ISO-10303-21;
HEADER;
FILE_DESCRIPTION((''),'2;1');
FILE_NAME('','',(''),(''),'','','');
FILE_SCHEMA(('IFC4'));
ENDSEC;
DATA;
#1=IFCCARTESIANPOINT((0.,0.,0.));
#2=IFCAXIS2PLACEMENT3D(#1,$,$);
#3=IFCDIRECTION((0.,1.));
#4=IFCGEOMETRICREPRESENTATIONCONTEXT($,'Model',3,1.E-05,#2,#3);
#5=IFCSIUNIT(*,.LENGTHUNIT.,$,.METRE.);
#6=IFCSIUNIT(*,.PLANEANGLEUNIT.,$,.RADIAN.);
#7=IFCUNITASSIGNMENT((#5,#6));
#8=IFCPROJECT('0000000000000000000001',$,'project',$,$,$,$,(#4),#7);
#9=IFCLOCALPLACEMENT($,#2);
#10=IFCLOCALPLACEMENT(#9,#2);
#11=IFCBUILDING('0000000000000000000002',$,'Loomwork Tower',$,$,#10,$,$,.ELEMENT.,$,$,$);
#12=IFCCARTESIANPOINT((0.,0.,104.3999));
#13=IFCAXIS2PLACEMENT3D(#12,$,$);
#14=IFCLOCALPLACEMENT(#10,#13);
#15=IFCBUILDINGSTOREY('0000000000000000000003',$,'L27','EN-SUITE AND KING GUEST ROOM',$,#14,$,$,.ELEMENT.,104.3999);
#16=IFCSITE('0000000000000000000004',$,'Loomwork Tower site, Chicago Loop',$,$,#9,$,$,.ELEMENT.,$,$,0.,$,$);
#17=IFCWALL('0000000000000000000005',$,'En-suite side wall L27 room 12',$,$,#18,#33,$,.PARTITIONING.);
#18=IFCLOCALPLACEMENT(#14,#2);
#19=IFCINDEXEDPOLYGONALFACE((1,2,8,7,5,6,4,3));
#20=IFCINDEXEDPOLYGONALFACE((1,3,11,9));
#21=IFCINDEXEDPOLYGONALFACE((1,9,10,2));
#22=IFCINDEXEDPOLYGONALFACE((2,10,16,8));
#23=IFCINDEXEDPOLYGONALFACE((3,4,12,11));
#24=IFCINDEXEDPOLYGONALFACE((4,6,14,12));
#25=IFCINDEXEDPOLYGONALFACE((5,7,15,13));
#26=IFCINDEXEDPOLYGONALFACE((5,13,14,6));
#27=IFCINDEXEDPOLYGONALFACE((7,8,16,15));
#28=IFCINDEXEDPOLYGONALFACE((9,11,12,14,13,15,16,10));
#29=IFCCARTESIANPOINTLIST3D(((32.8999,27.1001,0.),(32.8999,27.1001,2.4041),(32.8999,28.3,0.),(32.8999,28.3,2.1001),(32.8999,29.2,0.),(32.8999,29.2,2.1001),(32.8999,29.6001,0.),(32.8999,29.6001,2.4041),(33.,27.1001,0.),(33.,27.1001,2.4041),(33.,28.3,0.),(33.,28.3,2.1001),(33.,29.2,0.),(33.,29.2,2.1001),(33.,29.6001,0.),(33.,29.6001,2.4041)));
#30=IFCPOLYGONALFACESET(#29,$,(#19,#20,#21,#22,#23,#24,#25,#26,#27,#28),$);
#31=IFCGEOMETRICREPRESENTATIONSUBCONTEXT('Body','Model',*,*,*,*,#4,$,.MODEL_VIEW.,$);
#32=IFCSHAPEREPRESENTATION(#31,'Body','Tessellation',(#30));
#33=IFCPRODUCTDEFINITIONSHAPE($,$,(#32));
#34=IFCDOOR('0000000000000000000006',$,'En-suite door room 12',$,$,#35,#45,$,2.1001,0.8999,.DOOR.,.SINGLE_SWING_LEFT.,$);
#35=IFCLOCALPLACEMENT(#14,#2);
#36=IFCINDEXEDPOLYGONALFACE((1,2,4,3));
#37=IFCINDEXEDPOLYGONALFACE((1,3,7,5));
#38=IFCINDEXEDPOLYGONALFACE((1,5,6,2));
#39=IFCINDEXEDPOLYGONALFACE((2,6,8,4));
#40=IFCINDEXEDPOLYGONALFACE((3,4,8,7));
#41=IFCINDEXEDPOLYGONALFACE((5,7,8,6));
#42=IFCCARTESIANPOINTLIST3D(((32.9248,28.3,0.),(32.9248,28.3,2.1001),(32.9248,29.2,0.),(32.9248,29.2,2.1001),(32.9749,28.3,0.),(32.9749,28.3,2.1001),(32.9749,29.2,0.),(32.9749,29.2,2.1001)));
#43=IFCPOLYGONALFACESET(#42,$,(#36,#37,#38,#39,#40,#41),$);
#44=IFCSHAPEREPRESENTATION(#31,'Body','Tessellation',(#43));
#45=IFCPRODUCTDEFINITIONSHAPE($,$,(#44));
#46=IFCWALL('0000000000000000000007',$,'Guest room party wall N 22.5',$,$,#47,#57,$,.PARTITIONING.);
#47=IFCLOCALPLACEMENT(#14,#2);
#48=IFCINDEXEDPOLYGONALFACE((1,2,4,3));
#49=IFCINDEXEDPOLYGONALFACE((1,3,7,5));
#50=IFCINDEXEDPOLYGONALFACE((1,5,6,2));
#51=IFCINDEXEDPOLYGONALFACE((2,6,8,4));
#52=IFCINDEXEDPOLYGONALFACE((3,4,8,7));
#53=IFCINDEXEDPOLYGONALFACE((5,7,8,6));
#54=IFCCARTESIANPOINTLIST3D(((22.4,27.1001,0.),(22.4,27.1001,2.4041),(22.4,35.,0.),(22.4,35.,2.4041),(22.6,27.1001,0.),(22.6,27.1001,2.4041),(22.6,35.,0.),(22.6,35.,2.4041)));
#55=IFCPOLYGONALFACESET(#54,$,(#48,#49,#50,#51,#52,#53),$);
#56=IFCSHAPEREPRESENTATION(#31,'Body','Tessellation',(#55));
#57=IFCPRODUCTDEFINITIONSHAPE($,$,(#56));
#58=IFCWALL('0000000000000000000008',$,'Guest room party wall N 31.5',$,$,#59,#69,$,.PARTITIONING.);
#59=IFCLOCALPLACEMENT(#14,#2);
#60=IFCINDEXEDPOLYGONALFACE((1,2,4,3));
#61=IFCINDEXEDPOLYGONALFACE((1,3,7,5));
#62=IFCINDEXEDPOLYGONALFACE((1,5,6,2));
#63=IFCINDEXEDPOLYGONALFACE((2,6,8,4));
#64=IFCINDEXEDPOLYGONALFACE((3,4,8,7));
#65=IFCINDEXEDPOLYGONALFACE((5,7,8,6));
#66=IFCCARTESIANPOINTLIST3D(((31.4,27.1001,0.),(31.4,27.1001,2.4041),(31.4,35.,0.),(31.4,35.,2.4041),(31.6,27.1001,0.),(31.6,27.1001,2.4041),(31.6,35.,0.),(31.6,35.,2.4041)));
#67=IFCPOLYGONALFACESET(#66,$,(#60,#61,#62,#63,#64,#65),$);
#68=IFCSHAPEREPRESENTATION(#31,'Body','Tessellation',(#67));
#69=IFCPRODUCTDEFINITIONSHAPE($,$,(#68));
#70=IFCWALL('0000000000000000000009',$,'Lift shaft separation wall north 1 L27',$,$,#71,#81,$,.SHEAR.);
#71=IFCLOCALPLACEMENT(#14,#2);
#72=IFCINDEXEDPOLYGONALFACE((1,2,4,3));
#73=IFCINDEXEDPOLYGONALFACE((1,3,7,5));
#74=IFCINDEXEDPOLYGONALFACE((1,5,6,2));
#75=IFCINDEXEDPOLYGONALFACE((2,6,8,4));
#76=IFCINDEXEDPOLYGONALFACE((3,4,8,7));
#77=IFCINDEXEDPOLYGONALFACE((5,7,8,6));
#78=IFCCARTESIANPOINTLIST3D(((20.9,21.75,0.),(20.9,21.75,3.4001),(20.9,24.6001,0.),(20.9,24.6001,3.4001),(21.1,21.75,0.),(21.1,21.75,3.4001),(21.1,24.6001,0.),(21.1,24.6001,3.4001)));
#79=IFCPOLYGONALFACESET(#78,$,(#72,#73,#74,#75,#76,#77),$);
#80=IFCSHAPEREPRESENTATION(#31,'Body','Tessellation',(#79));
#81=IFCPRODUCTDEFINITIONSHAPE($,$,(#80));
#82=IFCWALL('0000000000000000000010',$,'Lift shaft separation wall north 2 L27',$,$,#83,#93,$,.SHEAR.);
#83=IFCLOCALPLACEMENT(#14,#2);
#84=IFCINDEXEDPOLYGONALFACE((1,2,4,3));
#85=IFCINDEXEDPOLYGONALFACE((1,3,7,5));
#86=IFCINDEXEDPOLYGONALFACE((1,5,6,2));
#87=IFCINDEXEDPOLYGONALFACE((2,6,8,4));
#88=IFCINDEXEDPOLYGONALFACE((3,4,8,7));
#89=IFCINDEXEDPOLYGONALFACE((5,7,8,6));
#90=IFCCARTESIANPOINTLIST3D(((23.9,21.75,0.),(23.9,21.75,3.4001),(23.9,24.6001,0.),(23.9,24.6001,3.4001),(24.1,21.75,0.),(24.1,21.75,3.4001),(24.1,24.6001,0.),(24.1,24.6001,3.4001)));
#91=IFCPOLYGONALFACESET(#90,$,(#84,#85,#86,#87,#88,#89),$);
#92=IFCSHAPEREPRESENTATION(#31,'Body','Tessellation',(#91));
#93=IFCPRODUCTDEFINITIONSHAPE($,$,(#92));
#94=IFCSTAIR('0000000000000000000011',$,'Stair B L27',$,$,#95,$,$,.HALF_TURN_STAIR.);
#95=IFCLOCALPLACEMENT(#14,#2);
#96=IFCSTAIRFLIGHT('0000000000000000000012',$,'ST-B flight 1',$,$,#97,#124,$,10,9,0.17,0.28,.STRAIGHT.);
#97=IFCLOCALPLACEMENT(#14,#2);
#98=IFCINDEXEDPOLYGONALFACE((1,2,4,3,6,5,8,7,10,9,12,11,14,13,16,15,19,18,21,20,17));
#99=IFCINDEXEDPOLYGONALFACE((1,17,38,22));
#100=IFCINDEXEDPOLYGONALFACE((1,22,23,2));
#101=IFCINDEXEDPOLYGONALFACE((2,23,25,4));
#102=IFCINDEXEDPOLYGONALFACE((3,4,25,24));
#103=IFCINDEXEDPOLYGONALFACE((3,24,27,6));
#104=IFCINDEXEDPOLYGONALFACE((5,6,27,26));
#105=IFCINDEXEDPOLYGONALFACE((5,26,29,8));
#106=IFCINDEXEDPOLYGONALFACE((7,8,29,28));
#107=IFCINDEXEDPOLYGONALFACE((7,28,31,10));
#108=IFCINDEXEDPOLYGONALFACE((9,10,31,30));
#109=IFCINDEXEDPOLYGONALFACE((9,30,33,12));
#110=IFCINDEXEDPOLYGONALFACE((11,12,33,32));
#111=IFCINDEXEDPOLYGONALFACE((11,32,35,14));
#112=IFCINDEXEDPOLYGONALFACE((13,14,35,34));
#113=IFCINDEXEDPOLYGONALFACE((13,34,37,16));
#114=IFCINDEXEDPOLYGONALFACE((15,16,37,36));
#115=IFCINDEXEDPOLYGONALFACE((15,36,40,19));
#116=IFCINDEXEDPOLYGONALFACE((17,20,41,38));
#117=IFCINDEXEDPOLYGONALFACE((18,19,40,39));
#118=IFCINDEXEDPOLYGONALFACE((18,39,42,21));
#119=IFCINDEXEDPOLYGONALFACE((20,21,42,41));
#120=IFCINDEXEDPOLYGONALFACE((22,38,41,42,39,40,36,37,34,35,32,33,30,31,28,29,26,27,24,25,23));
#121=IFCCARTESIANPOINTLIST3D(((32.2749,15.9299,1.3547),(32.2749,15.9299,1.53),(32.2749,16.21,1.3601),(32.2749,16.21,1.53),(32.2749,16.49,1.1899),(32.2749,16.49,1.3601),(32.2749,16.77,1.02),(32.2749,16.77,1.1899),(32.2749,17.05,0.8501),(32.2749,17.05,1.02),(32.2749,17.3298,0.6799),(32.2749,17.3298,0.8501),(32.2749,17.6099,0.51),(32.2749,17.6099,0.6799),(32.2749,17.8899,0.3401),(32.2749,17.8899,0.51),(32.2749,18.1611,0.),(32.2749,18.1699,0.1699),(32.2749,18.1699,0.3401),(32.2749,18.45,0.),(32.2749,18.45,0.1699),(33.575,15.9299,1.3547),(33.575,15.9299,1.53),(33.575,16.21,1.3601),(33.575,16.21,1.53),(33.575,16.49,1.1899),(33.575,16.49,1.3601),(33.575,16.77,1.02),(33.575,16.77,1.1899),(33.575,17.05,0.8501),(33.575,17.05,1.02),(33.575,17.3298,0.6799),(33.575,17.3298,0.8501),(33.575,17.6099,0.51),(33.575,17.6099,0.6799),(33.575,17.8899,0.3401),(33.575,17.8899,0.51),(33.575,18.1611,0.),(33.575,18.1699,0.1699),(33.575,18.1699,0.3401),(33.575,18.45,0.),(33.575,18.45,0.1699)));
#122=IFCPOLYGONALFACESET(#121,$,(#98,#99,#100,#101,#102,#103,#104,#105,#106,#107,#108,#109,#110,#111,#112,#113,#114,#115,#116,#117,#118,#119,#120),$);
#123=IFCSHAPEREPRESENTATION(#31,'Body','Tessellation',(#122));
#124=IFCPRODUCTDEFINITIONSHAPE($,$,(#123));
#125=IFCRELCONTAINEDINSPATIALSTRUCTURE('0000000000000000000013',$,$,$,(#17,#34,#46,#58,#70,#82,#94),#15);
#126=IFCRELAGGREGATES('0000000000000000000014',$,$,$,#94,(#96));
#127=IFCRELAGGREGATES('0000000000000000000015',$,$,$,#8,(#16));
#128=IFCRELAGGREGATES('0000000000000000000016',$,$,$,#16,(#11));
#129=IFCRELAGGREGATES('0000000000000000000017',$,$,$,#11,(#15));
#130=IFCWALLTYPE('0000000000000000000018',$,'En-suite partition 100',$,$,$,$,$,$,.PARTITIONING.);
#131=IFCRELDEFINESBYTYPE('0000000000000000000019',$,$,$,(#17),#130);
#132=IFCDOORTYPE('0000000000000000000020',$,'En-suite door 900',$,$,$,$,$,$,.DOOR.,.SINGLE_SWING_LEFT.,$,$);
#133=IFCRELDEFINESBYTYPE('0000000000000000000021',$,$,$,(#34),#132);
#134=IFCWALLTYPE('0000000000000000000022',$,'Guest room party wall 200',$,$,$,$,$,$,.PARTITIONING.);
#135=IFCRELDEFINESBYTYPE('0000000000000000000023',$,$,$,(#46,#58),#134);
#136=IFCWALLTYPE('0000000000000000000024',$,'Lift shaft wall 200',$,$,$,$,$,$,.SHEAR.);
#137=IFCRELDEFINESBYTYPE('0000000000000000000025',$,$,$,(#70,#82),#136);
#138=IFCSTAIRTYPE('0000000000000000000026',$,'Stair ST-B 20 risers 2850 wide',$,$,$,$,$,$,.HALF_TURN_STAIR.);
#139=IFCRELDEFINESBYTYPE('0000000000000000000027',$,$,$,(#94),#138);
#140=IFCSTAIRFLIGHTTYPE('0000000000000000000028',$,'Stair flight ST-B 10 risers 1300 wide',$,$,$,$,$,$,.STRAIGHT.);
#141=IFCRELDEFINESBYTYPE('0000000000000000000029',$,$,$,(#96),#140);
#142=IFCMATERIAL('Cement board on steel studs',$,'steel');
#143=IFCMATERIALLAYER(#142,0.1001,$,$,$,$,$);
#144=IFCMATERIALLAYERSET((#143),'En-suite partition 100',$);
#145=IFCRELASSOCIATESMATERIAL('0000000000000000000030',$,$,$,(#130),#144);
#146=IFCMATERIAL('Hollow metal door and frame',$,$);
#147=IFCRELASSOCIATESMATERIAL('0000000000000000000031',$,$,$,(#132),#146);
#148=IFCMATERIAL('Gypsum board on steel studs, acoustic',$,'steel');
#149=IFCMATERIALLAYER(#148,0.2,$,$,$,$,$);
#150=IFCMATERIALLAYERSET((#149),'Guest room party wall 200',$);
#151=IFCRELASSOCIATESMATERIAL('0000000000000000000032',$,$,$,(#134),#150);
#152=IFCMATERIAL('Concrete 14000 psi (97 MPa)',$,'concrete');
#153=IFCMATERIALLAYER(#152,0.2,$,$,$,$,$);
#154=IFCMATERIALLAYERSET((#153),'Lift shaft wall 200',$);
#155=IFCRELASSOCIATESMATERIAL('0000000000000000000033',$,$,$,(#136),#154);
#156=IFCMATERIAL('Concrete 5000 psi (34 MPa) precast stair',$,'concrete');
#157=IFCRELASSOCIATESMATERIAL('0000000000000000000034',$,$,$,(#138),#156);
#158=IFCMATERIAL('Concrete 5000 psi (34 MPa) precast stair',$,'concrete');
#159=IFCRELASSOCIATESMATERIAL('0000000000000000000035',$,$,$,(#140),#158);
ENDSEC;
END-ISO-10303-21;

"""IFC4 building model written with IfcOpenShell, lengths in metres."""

from ifc_helpers import new_model, si_unit, direction, frame, frame_2d, origin, place, context, subcontext, project, spatial, polyline, rectangle, outline, extrude, material, layer, layer_set, type_object, element, fill, aggregate, save


model = new_model("IFC4")

# Units and contexts
model_context = context("Model", 3, precision=1e-05, world=origin(), true_north=direction((0.0, 1.0)))
body_context = subcontext(model_context, "Body", "Model", "MODEL_VIEW")
ifc_project = project(units=[si_unit("LENGTHUNIT", "METRE"), si_unit("PLANEANGLEUNIT", "RADIAN")], contexts=[model_context])

# Site, building, storey
site_placement = place(None, origin())
site = spatial("IfcSite", under=ifc_project, at=site_placement, Name="Loomwork Tower site, Chicago Loop", CompositionType="ELEMENT", RefElevation=0.0)
building_placement = place(site_placement, origin())
building = spatial("IfcBuilding", under=site, at=building_placement, Name="Loomwork Tower", CompositionType="ELEMENT")
storey_placement = place(building_placement, frame((0.0, 0.0, 104.3999)))
storey = spatial("IfcBuildingStorey", under=building, at=storey_placement, Name="L27", Description="EN-SUITE AND KING GUEST ROOM", CompositionType="ELEMENT", Elevation=104.3999)

# Shared definitions
ifc_material_1 = material(Name="Cement board on steel studs", Category="steel")
ifc_layer_1 = layer(ifc_material_1, 0.1001)
ifc_layer_set_1 = layer_set([ifc_layer_1], Name="En-suite partition 100")
wall_type_1 = type_object("IfcWallType", Name="En-suite partition 100", PredefinedType="PARTITIONING", material=ifc_layer_set_1)
ifc_material_2 = material(Name="Hollow metal door and frame")
door_type_1 = type_object("IfcDoorType", Name="En-suite door 900", OperationType="SINGLE_SWING_LEFT", PredefinedType="DOOR", material=ifc_material_2)

# Wall, opening, door
wall_1_placement = place(storey_placement, frame((32.95, 27.1001, 0.0), z_axis=(0.0, 0.0, 1.0), x_axis=(0.0, 1.0, 0.0)))
wall_1 = element("IfcWall", 1, at=wall_1_placement, inside=storey, type_object=wall_type_1, Name="En-suite side wall L27 room 12", PredefinedType="PARTITIONING", context=body_context, shape_type="SweptSolid", body=[
    extrude(rectangle(XDim=2.5, YDim=0.1001, at=frame_2d((1.25, 0.0))), origin(), (0.0, 0.0, 1.0), 2.4041),
])
opening_1_placement = place(wall_1_placement, frame((1.2, 0.0, 0.0)))
opening_1 = element("IfcOpeningElement", 2, at=opening_1_placement, cuts=wall_1, PredefinedType="OPENING", context=body_context, shape_type="SweptSolid", body=[
    extrude(rectangle(XDim=0.8999, YDim=2.1001, at=frame_2d((0.45, 1.05))), frame((0.0, 0.0601, 0.0), z_axis=(0.0, -1.0, 0.0), x_axis=(1.0, 0.0, 0.0)), (0.0, 0.0, 1.0), 0.1201),
])
door_1_placement = place(opening_1_placement, frame((0.8999, 0.0, 0.0), z_axis=(0.0, 0.0, 1.0), x_axis=(-1.0, 0.0, 0.0)))
door_1 = element("IfcDoor", 3, at=door_1_placement, inside=storey, type_object=door_type_1, Name="En-suite door room 12", OperationType="SINGLE_SWING_LEFT", OverallHeight=2.1001, OverallWidth=0.8999, PredefinedType="DOOR", context=body_context, shape_type="SweptSolid", body=[
    extrude(rectangle(XDim=0.8999, YDim=2.1001, at=frame_2d((0.45, 1.05))), frame((0.0, 0.0249, 0.0), z_axis=(0.0, -1.0, 0.0), x_axis=(1.0, 0.0, 0.0)), (0.0, 0.0, 1.0), 0.05),
])
fill(opening_1, door_1)

# Walls
ifc_material_3 = material(Name="Gypsum board on steel studs, acoustic", Category="steel")
ifc_layer_2 = layer(ifc_material_3, 0.2)
ifc_layer_set_2 = layer_set([ifc_layer_2], Name="Guest room party wall 200")
wall_type_2 = type_object("IfcWallType", Name="Guest room party wall 200", PredefinedType="PARTITIONING", material=ifc_layer_set_2)
for number, where, z_axis, x_axis, name in (
    (4, (22.5, 27.1001, 0.0), (0.0, 0.0, 1.0), (0.0, 1.0, 0.0), "Guest room party wall N 22.5"),
    (5, (31.5, 27.1001, 0.0), (0.0, 0.0, 1.0), (0.0, 1.0, 0.0), "Guest room party wall N 31.5"),
):
    element("IfcWall", number, at=place(storey_placement, frame(where, z_axis=z_axis, x_axis=x_axis)), inside=storey, type_object=wall_type_2, Name=name, PredefinedType="PARTITIONING", context=body_context, shape_type="SweptSolid", body=[
        extrude(rectangle(XDim=7.8999, YDim=0.2, at=frame_2d((3.95, 0.0))), origin(), (0.0, 0.0, 1.0), 2.4041),
    ])
ifc_material_4 = material(Name="Concrete 14000 psi (97 MPa)", Category="concrete")
ifc_layer_3 = layer(ifc_material_4, 0.2)
ifc_layer_set_3 = layer_set([ifc_layer_3], Name="Lift shaft wall 200")
wall_type_3 = type_object("IfcWallType", Name="Lift shaft wall 200", PredefinedType="SHEAR", material=ifc_layer_set_3)
for number, where, z_axis, x_axis, name in (
    (6, (21.0, 21.75, 0.0), (0.0, 0.0, 1.0), (0.0, 1.0, 0.0), "Lift shaft separation wall north 1 L27"),
    (7, (24.0, 21.75, 0.0), (0.0, 0.0, 1.0), (0.0, 1.0, 0.0), "Lift shaft separation wall north 2 L27"),
):
    element("IfcWall", number, at=place(storey_placement, frame(where, z_axis=z_axis, x_axis=x_axis)), inside=storey, type_object=wall_type_3, Name=name, PredefinedType="SHEAR", context=body_context, shape_type="SweptSolid", body=[
        extrude(rectangle(XDim=2.8501, YDim=0.2, at=frame_2d((1.425, 0.0))), origin(), (0.0, 0.0, 1.0), 3.4001),
    ])

# Stair, stair flight
ifc_material_5 = material(Name="Concrete 5000 psi (34 MPa) precast stair", Category="concrete")
stair_type = type_object("IfcStairType", Name="Stair ST-B 20 risers 2850 wide", PredefinedType="HALF_TURN_STAIR", material=ifc_material_5)
stair_placement = place(storey_placement, origin())
stair = element("IfcStair", 8, at=stair_placement, inside=storey, type_object=stair_type, Name="Stair B L27", PredefinedType="HALF_TURN_STAIR")
ifc_material_6 = material(Name="Concrete 5000 psi (34 MPa) precast stair", Category="concrete")
stair_flight_type = type_object("IfcStairFlightType", Name="Stair flight ST-B 10 risers 1300 wide", PredefinedType="STRAIGHT", material=ifc_material_6)
stair_flight_placement = place(storey_placement, frame((32.925, 18.45, 0.0), z_axis=(0.0, 0.0, 1.0), x_axis=(0.0, -1.0, 0.0)))
stair_flight = element("IfcStairFlight", 9, at=stair_flight_placement, type_object=stair_flight_type, Name="ST-B flight 1", NumberOfRisers=10, NumberOfTreads=9, PredefinedType="STRAIGHT", RiserHeight=0.17, TreadLength=0.28, context=body_context, shape_type="SweptSolid", body=[
    extrude(outline(polyline([(0.0, 0.0), (0.0, 0.1699), (0.28, 0.1699), (0.28, 0.3401), (0.5601, 0.3401), (0.5601, 0.51), (0.8401, 0.51), (0.8401, 0.6799), (1.1201, 0.6799), (1.1201, 0.8501), (1.3999, 0.8501), (1.3999, 1.02), (1.6799, 1.02), (1.6799, 1.1899), (1.96, 1.1899), (1.96, 1.3601), (2.24, 1.3601), (2.24, 1.53), (2.52, 1.53), (2.52, 1.7), (2.52, 1.3547), (0.2888, 0.0), (0.0, 0.0)])), frame((0.0, 0.6499, 0.0), z_axis=(0.0, -1.0, 0.0), x_axis=(1.0, 0.0, 0.0)), (0.0, 0.0, 1.0), 1.3),
])
aggregate(stair, [stair_flight])

save(model, "model.ifc")
